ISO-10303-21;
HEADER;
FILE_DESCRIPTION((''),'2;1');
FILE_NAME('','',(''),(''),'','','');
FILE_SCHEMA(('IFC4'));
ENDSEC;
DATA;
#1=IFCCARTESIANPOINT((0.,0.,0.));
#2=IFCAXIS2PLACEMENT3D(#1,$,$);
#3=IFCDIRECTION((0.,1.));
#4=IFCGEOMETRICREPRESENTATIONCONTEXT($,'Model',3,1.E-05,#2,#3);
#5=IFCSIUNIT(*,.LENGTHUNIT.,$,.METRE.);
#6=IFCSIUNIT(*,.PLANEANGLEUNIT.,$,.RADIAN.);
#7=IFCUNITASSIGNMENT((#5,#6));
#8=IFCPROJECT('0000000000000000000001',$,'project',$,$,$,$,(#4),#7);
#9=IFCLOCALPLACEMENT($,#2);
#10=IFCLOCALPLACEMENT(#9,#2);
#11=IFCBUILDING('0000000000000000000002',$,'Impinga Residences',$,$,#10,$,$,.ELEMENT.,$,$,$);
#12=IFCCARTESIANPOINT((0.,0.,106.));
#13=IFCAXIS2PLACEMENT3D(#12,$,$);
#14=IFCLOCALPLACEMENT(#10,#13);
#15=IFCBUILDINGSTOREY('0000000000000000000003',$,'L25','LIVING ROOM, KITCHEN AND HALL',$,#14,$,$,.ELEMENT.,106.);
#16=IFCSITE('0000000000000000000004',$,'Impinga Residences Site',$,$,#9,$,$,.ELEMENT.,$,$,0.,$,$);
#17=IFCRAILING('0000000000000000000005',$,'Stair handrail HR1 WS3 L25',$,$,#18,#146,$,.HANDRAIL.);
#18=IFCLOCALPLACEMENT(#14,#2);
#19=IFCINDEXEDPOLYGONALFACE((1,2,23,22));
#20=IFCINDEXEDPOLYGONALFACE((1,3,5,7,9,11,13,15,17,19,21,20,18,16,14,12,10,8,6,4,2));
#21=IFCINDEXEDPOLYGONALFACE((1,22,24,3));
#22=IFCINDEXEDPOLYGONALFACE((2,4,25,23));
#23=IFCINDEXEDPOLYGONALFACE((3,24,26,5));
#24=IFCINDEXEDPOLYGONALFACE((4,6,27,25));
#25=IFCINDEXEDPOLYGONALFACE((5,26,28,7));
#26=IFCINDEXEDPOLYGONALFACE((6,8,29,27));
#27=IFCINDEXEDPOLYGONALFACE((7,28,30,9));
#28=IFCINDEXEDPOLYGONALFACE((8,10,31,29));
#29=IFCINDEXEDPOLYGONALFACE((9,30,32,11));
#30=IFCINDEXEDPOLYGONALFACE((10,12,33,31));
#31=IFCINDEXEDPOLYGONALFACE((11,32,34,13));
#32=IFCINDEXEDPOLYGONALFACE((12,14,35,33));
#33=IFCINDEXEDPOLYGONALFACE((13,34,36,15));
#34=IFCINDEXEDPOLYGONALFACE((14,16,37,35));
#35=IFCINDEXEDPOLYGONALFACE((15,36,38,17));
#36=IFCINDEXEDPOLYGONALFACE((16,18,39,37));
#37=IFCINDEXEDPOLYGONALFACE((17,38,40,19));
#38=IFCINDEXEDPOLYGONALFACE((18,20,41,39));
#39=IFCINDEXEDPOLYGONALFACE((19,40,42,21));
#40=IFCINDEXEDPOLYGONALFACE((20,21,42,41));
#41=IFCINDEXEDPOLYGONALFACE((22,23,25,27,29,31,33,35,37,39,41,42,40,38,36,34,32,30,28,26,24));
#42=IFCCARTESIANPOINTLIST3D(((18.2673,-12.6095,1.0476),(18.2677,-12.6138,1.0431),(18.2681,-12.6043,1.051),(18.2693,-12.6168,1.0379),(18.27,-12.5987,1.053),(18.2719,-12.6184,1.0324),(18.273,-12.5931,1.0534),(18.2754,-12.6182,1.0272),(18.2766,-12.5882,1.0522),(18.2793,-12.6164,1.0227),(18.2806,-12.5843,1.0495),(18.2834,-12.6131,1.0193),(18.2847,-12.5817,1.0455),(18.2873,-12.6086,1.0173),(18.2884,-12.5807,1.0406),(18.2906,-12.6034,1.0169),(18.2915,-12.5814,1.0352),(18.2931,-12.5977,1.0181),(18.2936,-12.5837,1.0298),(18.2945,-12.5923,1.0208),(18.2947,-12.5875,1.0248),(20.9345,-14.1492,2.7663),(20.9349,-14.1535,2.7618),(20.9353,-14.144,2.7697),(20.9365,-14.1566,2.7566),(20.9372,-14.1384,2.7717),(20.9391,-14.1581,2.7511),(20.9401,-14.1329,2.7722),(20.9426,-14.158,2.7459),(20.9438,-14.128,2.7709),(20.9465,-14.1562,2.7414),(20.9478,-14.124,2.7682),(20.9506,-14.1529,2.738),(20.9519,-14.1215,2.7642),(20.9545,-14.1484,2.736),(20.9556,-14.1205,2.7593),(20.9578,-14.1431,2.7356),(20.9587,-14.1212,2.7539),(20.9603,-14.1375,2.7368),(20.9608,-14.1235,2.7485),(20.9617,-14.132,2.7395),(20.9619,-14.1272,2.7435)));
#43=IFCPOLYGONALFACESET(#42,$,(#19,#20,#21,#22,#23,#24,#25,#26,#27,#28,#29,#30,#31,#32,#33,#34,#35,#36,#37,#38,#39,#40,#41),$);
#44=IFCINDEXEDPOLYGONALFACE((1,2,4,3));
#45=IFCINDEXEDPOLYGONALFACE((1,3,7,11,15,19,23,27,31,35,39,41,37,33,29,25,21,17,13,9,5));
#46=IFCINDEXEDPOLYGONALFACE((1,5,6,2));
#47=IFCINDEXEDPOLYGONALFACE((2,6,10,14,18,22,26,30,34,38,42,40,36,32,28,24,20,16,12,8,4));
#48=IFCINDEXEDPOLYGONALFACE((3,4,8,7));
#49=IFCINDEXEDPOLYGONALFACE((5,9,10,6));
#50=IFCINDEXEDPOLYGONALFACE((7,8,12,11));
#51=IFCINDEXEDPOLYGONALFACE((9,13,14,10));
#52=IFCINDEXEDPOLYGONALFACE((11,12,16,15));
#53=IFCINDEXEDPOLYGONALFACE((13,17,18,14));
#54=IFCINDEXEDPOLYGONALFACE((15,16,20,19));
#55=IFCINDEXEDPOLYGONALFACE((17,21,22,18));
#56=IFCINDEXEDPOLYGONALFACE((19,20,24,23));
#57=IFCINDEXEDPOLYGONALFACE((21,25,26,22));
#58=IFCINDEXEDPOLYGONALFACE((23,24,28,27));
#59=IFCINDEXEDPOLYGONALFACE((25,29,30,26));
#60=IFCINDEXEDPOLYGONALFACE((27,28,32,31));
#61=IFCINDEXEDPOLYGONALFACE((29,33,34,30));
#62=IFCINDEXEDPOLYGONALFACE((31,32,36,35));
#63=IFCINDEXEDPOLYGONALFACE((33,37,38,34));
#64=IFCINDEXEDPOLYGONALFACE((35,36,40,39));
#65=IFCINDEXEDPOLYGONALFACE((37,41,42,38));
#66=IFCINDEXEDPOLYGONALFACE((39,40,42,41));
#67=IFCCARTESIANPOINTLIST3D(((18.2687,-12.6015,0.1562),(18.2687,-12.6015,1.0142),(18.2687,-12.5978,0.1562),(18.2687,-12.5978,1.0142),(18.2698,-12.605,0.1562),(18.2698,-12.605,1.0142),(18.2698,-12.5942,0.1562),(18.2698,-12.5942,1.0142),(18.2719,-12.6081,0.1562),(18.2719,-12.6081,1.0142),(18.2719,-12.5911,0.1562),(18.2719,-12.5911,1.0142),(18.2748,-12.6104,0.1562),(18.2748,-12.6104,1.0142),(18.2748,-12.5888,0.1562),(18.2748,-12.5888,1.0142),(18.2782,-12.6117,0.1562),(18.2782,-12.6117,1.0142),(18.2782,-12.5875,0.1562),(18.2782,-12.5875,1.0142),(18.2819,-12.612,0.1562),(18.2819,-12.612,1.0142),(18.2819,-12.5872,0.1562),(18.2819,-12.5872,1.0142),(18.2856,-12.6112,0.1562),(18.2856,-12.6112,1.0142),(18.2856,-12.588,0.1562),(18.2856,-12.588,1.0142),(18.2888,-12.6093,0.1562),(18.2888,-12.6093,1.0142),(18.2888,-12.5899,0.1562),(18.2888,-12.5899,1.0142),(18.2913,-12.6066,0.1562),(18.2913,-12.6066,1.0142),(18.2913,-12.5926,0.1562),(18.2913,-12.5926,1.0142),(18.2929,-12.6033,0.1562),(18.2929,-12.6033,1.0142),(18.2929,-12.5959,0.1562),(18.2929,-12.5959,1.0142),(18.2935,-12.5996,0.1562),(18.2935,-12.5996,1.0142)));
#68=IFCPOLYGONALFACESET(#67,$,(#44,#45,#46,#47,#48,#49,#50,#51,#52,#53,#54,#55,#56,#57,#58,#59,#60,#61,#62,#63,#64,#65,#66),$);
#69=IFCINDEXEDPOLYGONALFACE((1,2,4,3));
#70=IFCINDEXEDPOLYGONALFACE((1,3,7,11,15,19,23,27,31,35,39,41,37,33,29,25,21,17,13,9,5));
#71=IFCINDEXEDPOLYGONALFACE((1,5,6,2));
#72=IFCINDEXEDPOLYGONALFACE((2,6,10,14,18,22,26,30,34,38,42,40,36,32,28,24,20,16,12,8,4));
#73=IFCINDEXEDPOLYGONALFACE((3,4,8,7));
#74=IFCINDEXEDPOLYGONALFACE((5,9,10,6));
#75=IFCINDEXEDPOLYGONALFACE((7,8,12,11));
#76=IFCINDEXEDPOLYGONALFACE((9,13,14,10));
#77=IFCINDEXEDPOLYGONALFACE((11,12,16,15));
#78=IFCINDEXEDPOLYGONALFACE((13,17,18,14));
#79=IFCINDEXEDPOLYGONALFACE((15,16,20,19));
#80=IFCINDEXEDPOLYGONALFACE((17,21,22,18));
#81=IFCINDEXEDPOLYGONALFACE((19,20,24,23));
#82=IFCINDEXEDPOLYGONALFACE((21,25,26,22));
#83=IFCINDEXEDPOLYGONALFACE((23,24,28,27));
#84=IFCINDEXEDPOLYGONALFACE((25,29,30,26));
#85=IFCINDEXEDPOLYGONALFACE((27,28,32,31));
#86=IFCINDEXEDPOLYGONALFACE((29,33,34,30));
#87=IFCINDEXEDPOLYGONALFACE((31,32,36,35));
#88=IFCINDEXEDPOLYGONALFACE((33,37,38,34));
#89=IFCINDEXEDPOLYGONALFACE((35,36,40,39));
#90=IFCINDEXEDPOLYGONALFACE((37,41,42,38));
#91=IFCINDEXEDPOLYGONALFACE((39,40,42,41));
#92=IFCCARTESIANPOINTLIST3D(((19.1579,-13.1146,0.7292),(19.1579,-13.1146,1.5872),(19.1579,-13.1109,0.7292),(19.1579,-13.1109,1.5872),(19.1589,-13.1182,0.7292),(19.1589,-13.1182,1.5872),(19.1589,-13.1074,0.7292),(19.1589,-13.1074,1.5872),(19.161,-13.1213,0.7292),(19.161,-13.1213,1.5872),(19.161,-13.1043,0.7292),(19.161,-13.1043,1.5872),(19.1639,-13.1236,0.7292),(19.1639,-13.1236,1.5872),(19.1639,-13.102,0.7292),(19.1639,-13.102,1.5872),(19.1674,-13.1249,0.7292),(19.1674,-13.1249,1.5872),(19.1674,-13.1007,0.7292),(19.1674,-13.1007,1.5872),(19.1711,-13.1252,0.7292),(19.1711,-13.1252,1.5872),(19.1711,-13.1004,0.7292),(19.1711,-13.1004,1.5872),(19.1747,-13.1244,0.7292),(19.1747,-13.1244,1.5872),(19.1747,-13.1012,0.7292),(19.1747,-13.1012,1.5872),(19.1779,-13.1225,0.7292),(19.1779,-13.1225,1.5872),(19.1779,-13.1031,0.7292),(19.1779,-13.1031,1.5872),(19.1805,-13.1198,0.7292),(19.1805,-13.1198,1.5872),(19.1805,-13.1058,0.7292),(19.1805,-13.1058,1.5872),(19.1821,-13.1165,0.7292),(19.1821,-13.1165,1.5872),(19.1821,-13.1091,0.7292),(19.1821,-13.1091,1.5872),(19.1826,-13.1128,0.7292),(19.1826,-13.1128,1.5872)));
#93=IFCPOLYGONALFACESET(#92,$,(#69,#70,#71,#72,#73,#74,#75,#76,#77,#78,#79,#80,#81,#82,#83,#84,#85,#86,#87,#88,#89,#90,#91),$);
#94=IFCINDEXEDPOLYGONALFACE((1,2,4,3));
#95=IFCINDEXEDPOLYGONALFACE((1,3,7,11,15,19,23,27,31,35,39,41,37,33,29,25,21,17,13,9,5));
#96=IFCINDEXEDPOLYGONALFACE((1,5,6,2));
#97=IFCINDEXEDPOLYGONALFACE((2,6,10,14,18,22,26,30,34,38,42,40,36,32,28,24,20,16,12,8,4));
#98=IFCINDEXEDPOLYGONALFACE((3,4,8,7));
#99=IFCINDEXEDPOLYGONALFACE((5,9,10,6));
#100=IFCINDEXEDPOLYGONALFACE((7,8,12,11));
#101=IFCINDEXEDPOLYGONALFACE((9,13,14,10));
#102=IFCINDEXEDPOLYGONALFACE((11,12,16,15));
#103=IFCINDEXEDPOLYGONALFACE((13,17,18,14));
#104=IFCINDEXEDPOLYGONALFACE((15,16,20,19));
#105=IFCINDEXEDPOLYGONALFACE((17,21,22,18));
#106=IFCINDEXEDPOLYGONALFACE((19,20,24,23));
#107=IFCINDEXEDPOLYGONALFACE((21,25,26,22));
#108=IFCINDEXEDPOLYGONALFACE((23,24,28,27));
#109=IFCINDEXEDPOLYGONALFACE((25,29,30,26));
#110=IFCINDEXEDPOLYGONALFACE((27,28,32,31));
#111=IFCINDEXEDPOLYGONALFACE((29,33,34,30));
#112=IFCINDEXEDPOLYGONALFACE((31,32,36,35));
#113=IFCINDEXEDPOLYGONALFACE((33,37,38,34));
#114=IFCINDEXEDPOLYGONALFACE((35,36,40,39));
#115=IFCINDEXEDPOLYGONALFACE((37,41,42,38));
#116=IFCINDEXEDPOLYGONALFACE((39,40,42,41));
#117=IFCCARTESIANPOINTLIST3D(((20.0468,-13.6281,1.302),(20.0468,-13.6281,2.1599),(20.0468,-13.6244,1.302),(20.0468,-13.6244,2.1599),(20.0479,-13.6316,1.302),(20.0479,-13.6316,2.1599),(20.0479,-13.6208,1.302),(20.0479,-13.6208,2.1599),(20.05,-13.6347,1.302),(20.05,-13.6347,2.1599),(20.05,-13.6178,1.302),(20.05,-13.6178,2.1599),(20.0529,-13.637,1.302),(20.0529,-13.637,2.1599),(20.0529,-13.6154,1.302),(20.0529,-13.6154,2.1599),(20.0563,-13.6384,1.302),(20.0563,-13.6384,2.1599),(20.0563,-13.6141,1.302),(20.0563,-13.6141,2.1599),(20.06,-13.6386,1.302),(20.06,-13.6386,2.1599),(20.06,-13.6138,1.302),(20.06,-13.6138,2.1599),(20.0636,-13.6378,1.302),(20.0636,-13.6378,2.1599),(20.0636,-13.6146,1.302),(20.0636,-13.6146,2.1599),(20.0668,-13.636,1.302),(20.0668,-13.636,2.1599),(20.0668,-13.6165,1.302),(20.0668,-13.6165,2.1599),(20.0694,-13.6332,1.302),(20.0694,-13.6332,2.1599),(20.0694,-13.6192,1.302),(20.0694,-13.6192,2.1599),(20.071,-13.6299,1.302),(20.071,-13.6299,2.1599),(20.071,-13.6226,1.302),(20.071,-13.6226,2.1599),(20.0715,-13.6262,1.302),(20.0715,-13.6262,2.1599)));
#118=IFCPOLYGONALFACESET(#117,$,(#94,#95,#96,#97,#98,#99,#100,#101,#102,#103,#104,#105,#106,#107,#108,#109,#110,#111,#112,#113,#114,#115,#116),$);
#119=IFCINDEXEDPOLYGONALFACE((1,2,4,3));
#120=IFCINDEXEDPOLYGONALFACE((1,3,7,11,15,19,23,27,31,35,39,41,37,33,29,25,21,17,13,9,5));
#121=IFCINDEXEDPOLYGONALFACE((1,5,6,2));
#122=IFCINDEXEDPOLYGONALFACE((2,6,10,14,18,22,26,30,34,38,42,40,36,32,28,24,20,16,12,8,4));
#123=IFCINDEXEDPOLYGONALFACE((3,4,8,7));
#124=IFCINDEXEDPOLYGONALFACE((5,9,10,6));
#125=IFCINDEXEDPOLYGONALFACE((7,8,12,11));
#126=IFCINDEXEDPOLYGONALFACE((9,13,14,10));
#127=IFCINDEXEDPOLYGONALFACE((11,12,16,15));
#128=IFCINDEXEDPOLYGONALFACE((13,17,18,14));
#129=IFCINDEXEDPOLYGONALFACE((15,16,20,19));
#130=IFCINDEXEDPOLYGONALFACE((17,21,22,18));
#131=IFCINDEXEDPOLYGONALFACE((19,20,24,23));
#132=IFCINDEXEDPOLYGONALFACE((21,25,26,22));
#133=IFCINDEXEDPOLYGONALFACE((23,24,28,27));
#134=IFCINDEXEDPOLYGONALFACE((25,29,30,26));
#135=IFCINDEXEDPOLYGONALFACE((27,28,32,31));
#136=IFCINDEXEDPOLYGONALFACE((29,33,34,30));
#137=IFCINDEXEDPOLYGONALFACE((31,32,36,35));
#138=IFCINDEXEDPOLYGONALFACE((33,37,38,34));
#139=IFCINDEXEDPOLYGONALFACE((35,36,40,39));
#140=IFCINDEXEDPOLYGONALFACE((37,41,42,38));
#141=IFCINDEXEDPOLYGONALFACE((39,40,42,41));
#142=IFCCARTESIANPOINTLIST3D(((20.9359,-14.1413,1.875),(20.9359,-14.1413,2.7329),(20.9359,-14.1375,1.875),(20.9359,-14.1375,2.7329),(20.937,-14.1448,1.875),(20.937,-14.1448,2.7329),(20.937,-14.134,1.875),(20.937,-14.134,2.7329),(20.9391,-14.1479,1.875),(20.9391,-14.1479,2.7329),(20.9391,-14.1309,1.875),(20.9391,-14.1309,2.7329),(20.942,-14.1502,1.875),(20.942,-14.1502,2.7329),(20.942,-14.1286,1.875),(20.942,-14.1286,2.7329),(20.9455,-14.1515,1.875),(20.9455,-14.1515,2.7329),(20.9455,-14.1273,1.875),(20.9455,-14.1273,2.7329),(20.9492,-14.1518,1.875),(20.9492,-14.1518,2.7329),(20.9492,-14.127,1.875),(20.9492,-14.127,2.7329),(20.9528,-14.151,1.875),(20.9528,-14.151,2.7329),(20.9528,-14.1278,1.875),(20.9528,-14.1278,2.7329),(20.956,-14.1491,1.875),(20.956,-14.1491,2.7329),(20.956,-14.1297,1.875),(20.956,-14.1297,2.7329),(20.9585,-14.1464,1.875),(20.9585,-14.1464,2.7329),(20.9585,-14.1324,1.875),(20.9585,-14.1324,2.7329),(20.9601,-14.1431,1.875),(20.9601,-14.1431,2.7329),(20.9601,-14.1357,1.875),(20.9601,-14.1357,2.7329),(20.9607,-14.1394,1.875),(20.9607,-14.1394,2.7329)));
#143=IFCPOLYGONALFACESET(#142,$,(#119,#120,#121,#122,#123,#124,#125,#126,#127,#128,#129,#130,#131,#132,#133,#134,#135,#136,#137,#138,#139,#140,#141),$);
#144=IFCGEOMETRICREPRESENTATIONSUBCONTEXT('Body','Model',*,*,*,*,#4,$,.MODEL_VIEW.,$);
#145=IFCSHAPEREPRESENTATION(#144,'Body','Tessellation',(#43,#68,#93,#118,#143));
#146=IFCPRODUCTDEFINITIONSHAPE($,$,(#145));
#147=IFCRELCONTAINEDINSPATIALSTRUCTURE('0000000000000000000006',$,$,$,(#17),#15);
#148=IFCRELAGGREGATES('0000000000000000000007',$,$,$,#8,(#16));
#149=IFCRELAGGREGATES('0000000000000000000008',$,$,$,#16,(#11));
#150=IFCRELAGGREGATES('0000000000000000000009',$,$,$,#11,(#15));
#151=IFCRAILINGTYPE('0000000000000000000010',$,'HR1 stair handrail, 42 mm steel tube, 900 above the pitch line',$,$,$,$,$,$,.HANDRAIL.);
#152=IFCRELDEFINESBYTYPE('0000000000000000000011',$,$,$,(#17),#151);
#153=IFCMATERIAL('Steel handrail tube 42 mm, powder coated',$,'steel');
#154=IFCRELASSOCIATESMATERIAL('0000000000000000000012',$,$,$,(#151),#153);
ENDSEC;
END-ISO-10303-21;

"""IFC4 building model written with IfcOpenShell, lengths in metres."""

from ifc_helpers import new_model, si_unit, direction, frame, origin, origin_2d, place, context, subcontext, project, spatial, circle, extrude, material, type_object, element, save


model = new_model("IFC4")

# Units and contexts
model_context = context("Model", 3, precision=1e-05, world=origin(), true_north=direction((0.0, 1.0)))
body_context = subcontext(model_context, "Body", "Model", "MODEL_VIEW")
ifc_project = project(units=[si_unit("LENGTHUNIT", "METRE"), si_unit("PLANEANGLEUNIT", "RADIAN")], contexts=[model_context])

# Site, building, storey
site_placement = place(None, origin())
site = spatial("IfcSite", under=ifc_project, at=site_placement, Name="Impinga Residences Site", CompositionType="ELEMENT", RefElevation=0.0)
building_placement = place(site_placement, origin())
building = spatial("IfcBuilding", under=site, at=building_placement, Name="Impinga Residences", CompositionType="ELEMENT")
storey_placement = place(building_placement, frame((0.0, 0.0, 106.0)))
storey = spatial("IfcBuildingStorey", under=building, at=storey_placement, Name="L25", Description="LIVING ROOM, KITCHEN AND HALL", CompositionType="ELEMENT", Elevation=106.0)

# Railing
ifc_material_1 = material(Name="Steel handrail tube 42 mm, powder coated", Category="steel")
railing_type = type_object("IfcRailingType", Name="HR1 stair handrail, 42 mm steel tube, 900 above the pitch line", PredefinedType="HANDRAIL", material=ifc_material_1)
railing_placement = place(storey_placement, frame((18.281, -12.5996, 0.1562)))
element("IfcRailing", 1, at=railing_placement, inside=storey, type_object=railing_type, Name="Stair handrail HR1 WS3 L25", PredefinedType="HANDRAIL", context=body_context, shape_type="SweptSolid", body=[
    extrude(circle(Radius=0.021, at=origin_2d()), frame((0.0, 0.0, 0.8789), z_axis=(0.756249, -0.436582, 0.487322), x_axis=(0.499967, 0.866044, 0.0)), (0.0, 0.0, 1.0), 3.5269),
    extrude(circle(Radius=0.0125, at=origin_2d()), origin(), (0.0, 0.0, 1.0), 0.8579),
    extrude(circle(Radius=0.0125, at=origin_2d()), frame((0.8892, -0.5132, 0.573)), (0.0, 0.0, 1.0), 0.8579),
    extrude(circle(Radius=0.0125, at=origin_2d()), frame((1.7781, -1.0266, 1.1458)), (0.0, 0.0, 1.0), 0.8579),
    extrude(circle(Radius=0.0125, at=origin_2d()), frame((2.6672, -1.5398, 1.7188)), (0.0, 0.0, 1.0), 0.8579),
])

save(model, "model.ifc")
